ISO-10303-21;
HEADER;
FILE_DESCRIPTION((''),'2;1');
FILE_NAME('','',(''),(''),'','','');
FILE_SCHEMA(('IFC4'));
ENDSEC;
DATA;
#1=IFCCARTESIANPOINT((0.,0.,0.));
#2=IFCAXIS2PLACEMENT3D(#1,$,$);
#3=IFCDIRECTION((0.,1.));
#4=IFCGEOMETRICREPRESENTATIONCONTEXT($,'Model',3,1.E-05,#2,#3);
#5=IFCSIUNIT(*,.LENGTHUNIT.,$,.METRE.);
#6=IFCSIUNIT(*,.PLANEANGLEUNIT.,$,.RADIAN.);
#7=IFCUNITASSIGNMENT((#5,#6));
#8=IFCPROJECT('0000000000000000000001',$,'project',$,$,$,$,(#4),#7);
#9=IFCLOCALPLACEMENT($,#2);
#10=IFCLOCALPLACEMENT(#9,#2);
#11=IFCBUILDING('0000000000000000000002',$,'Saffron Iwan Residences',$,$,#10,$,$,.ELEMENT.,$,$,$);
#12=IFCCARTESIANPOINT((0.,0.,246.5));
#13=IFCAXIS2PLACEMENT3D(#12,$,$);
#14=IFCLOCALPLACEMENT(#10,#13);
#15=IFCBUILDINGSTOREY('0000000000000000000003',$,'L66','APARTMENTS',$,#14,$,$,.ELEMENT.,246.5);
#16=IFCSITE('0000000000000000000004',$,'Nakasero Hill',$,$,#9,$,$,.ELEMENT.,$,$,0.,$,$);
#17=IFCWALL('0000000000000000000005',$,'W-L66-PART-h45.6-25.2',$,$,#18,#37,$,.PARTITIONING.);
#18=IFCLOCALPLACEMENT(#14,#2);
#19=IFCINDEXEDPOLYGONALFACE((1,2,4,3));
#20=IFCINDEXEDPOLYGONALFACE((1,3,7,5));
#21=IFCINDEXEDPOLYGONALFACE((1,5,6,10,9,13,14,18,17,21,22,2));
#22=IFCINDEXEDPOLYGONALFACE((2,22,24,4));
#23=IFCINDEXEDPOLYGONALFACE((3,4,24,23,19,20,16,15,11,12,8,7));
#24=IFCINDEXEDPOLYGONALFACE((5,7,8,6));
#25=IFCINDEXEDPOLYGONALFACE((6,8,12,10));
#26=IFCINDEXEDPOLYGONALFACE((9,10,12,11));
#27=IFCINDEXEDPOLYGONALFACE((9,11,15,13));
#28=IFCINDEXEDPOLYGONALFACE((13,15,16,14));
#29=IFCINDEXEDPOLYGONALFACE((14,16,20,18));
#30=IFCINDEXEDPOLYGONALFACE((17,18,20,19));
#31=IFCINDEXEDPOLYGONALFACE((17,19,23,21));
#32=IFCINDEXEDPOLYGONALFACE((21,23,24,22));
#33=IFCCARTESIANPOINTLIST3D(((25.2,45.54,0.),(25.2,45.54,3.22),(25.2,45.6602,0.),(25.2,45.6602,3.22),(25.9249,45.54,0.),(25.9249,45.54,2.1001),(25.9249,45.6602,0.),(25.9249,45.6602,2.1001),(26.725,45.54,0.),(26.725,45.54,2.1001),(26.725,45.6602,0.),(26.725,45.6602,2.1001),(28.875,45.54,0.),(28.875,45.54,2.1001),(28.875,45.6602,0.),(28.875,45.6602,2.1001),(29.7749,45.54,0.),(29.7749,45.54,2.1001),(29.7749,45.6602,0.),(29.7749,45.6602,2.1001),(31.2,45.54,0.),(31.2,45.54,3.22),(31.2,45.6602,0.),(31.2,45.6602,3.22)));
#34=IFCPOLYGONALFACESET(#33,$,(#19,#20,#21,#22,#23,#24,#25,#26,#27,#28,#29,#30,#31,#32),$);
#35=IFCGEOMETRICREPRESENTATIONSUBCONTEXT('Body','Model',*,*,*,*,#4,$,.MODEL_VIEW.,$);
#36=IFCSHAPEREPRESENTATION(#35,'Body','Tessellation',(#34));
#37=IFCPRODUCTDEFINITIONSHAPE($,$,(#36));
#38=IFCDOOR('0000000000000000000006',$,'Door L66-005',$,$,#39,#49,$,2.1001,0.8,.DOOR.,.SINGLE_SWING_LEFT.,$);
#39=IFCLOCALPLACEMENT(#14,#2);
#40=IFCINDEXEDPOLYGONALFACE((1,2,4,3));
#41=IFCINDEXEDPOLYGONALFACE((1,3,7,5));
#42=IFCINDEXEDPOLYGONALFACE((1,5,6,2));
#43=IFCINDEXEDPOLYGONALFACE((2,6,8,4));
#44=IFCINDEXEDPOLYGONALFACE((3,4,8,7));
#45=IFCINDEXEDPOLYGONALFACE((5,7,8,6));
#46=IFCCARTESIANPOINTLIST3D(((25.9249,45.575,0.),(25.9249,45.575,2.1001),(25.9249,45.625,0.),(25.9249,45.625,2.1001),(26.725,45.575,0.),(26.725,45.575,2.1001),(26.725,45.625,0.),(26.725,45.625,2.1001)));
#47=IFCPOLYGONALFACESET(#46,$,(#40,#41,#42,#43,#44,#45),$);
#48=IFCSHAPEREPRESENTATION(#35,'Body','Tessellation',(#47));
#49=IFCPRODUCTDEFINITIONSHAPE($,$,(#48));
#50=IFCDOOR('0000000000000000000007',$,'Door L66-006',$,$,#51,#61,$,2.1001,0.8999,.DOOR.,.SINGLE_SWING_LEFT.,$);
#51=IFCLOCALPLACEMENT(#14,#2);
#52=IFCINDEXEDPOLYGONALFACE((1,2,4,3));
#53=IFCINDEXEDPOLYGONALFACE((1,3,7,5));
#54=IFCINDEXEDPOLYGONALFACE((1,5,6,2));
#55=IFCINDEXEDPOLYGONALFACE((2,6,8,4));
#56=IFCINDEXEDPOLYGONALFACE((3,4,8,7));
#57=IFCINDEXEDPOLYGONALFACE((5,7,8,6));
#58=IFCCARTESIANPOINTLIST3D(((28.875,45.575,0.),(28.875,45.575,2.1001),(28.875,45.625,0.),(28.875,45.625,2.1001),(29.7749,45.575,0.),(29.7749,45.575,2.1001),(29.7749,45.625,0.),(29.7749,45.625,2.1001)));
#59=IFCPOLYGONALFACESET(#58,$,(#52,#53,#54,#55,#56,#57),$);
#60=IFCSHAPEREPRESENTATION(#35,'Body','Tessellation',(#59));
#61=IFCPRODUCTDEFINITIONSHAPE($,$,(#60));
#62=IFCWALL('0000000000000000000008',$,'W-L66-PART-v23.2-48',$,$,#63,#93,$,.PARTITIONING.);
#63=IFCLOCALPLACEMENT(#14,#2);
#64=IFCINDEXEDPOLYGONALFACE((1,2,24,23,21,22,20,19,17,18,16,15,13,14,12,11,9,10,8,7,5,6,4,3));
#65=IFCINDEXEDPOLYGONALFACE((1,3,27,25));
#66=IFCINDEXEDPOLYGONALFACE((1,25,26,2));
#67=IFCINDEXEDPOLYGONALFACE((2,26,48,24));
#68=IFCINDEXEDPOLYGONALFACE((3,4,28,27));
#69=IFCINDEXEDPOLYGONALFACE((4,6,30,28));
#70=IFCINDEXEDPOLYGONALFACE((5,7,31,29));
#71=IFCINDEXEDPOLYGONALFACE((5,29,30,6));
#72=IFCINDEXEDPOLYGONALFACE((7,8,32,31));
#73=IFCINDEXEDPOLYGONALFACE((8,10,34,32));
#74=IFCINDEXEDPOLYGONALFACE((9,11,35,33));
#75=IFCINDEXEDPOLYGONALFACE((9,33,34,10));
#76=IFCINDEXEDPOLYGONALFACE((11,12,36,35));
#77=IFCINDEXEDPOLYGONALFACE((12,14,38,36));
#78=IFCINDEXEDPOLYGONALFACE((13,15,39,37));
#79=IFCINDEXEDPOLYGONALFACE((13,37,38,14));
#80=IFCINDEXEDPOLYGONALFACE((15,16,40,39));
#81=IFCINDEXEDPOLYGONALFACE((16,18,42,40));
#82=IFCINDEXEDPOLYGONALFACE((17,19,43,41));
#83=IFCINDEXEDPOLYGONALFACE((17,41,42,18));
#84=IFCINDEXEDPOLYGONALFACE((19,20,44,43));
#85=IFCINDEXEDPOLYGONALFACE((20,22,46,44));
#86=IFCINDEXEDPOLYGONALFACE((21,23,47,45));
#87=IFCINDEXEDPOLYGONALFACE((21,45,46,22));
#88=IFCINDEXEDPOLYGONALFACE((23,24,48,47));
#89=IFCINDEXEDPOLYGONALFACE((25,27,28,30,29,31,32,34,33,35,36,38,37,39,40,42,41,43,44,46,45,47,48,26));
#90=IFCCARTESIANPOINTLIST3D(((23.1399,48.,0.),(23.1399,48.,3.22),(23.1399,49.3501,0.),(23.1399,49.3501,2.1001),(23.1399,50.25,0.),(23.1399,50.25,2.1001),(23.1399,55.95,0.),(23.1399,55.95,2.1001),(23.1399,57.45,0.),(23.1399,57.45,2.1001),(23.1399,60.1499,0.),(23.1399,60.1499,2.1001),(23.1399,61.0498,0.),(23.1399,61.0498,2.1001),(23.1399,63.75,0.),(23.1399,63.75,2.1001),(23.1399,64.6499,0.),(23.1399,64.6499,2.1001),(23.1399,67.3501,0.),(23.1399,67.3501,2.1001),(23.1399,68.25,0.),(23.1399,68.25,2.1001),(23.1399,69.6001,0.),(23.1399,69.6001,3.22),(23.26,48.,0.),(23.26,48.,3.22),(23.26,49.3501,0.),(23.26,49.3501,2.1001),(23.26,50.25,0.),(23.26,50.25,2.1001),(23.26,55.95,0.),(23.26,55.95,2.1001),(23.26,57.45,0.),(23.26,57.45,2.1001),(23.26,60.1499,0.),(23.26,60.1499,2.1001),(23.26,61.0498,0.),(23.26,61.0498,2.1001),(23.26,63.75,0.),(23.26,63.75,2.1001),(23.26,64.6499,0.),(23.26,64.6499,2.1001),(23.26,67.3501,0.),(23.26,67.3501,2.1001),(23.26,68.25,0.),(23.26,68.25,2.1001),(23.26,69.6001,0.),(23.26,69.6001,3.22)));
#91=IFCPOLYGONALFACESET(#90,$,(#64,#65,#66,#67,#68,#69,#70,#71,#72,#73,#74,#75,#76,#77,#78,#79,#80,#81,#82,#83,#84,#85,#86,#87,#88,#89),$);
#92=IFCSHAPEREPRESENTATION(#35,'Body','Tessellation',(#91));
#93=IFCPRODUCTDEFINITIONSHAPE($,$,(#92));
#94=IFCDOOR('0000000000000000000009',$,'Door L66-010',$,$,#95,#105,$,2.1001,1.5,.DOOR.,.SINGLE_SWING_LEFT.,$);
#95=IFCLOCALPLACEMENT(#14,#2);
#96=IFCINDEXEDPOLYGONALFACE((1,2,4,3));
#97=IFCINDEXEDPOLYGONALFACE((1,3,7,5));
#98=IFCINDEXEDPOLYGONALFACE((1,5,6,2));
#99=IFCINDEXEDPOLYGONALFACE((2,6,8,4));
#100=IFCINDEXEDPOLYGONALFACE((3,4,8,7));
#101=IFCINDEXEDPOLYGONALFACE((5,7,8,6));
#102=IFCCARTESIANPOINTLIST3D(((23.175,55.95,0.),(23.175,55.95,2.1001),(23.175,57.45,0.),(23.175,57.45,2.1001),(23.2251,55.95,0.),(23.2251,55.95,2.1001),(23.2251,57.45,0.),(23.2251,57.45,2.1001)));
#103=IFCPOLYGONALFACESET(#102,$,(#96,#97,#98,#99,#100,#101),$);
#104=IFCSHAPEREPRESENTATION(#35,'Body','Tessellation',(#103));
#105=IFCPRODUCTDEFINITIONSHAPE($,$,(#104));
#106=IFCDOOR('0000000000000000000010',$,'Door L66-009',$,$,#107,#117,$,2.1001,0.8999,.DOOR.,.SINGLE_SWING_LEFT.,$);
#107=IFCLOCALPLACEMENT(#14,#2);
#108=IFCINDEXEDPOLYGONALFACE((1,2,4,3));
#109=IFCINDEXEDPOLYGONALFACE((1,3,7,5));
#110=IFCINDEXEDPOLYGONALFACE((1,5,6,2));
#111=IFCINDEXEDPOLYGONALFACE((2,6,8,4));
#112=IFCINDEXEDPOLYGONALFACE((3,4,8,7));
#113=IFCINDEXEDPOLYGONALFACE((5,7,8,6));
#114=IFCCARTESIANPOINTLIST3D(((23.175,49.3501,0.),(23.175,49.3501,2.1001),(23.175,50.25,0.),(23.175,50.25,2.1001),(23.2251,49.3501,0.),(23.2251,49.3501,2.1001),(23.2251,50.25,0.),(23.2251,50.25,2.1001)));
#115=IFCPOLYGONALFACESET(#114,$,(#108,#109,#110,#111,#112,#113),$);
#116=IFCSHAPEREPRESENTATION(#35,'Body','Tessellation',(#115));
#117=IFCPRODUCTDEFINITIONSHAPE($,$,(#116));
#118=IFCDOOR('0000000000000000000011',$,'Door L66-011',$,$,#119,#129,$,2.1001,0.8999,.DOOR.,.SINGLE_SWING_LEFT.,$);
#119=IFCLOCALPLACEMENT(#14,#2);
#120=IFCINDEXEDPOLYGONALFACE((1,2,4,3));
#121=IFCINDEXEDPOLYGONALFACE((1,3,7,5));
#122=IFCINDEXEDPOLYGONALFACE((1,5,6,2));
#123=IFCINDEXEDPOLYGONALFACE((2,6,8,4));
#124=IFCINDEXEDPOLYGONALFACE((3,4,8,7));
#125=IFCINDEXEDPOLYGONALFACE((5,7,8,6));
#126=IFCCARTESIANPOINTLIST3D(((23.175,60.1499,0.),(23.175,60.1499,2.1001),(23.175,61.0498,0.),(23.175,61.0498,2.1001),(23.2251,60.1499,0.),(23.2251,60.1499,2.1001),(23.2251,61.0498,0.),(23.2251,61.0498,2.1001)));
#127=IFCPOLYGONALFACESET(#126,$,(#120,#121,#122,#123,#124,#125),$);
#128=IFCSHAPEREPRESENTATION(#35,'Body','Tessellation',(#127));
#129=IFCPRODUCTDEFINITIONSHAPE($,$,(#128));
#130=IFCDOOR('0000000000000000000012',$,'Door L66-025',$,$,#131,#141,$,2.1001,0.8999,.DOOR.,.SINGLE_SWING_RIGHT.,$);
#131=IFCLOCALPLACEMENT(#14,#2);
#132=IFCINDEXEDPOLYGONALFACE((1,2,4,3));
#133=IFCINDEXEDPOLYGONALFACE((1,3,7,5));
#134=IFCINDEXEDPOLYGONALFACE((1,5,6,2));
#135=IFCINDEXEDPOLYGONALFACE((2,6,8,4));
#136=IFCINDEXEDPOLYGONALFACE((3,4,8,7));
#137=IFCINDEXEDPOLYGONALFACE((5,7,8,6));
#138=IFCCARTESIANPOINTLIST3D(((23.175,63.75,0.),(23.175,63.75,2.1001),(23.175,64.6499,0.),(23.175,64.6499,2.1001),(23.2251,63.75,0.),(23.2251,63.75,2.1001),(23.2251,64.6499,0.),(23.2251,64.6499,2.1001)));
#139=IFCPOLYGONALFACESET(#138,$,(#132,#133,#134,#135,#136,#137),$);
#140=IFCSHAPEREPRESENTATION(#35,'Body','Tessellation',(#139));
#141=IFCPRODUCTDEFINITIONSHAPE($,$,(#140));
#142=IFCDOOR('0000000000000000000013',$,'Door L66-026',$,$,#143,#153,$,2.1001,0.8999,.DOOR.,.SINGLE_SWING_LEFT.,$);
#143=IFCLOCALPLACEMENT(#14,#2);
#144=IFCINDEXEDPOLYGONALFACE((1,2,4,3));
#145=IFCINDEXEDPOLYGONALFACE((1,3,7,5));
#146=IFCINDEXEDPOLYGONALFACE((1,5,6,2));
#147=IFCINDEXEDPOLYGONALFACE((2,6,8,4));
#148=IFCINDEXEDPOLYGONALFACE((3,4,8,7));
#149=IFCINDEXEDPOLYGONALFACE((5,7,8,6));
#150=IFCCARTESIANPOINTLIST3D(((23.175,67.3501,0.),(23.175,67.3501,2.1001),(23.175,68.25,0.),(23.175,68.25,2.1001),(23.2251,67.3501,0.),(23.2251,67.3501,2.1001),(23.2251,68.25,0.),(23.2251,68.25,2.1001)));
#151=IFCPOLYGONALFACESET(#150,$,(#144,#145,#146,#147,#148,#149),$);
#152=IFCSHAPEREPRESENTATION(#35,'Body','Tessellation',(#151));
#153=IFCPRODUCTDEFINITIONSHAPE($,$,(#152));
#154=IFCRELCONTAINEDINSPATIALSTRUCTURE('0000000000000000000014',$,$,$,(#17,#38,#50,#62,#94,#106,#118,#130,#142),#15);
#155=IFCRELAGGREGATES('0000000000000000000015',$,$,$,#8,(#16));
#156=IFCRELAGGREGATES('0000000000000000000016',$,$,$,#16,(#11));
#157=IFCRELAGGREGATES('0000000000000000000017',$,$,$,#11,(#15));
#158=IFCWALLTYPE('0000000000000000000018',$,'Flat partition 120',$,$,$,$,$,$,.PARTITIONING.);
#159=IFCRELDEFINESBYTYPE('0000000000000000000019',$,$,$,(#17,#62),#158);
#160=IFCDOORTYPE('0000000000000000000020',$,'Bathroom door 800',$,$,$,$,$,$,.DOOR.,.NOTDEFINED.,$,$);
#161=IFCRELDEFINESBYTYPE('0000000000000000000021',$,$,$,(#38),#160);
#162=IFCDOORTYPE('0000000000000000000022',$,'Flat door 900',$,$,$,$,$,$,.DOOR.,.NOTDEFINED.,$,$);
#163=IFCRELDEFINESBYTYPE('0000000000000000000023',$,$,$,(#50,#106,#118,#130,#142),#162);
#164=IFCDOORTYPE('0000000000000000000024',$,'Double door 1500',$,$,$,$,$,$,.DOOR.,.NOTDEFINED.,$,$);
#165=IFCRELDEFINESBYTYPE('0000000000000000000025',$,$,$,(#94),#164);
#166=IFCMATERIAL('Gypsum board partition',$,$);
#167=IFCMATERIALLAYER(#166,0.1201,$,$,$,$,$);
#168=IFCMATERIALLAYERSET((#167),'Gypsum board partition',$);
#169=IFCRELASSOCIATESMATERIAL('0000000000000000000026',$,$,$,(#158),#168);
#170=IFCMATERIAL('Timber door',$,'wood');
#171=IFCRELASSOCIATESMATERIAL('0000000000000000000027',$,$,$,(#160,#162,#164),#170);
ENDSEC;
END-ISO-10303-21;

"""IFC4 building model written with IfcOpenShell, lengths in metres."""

from ifc_helpers import new_model, si_unit, direction, frame, frame_2d, origin, place, context, subcontext, project, spatial, rectangle, extrude, material, layer, layer_set, type_object, element, fill, save


model = new_model("IFC4")

# Units and contexts
model_context = context("Model", 3, precision=1e-05, world=origin(), true_north=direction((0.0, 1.0)))
body_context = subcontext(model_context, "Body", "Model", "MODEL_VIEW")
ifc_project = project(units=[si_unit("LENGTHUNIT", "METRE"), si_unit("PLANEANGLEUNIT", "RADIAN")], contexts=[model_context])

# Site, building, storey
site_placement = place(None, origin())
site = spatial("IfcSite", under=ifc_project, at=site_placement, Name="Nakasero Hill", CompositionType="ELEMENT", RefElevation=0.0)
building_placement = place(site_placement, origin())
building = spatial("IfcBuilding", under=site, at=building_placement, Name="Saffron Iwan Residences", CompositionType="ELEMENT")
storey_placement = place(building_placement, frame((0.0, 0.0, 246.5)))
storey = spatial("IfcBuildingStorey", under=building, at=storey_placement, Name="L66", Description="APARTMENTS", CompositionType="ELEMENT", Elevation=246.5)

# Shared definitions
ifc_material_1 = material(Name="Gypsum board partition")
ifc_layer_1 = layer(ifc_material_1, 0.1201)
ifc_layer_set_1 = layer_set([ifc_layer_1], Name="Gypsum board partition")
wall_type_1 = type_object("IfcWallType", Name="Flat partition 120", PredefinedType="PARTITIONING", material=ifc_layer_set_1)

# Walls, openings, doors
wall_1_placement = place(storey_placement, frame((25.2, 45.6001, 0.0), z_axis=(0.0, 0.0, 1.0), x_axis=(1.0, 0.0, 0.0)))
wall_1 = element("IfcWall", 1, at=wall_1_placement, inside=storey, type_object=wall_type_1, Name="W-L66-PART-h45.6-25.2", PredefinedType="PARTITIONING", context=body_context, shape_type="SweptSolid", body=[
    extrude(rectangle(XDim=6.0, YDim=0.1201, at=frame_2d((3.0, 0.0))), origin(), (0.0, 0.0, 1.0), 3.22),
])
opening_1_placement = place(wall_1_placement, frame((0.7251, 0.0, 0.0)))
opening_1 = element("IfcOpeningElement", 2, at=opening_1_placement, cuts=wall_1, PredefinedType="OPENING", context=body_context, shape_type="SweptSolid", body=[
    extrude(rectangle(XDim=0.8, YDim=2.1001, at=frame_2d((0.3999, 1.05))), frame((0.0, 0.0701, 0.0), z_axis=(0.0, -1.0, 0.0), x_axis=(1.0, 0.0, 0.0)), (0.0, 0.0, 1.0), 0.1401),
])
opening_2_placement = place(wall_1_placement, frame((3.675, 0.0, 0.0)))
opening_2 = element("IfcOpeningElement", 3, at=opening_2_placement, cuts=wall_1, PredefinedType="OPENING", context=body_context, shape_type="SweptSolid", body=[
    extrude(rectangle(XDim=0.8999, YDim=2.1001, at=frame_2d((0.45, 1.05))), frame((0.0, 0.0701, 0.0), z_axis=(0.0, -1.0, 0.0), x_axis=(1.0, 0.0, 0.0)), (0.0, 0.0, 1.0), 0.1401),
])
ifc_material_2 = material(Name="Timber door", Category="wood")
door_type_1 = type_object("IfcDoorType", Name="Bathroom door 800", OperationType="NOTDEFINED", PredefinedType="DOOR", material=ifc_material_2)
door_1_placement = place(opening_1_placement, origin())
door_1 = element("IfcDoor", 4, at=door_1_placement, inside=storey, type_object=door_type_1, Name="Door L66-005", OperationType="SINGLE_SWING_LEFT", OverallHeight=2.1001, OverallWidth=0.8, PredefinedType="DOOR", context=body_context, shape_type="SweptSolid", body=[
    extrude(rectangle(XDim=0.8, YDim=2.1001, at=frame_2d((0.3999, 1.05))), frame((0.0, 0.0249, 0.0), z_axis=(0.0, -1.0, 0.0), x_axis=(1.0, 0.0, 0.0)), (0.0, 0.0, 1.0), 0.05),
])
fill(opening_1, door_1)
door_type_2 = type_object("IfcDoorType", Name="Flat door 900", OperationType="NOTDEFINED", PredefinedType="DOOR", material=ifc_material_2)
door_2_placement = place(opening_2_placement, origin())
door_2 = element("IfcDoor", 5, at=door_2_placement, inside=storey, type_object=door_type_2, Name="Door L66-006", OperationType="SINGLE_SWING_LEFT", OverallHeight=2.1001, OverallWidth=0.8999, PredefinedType="DOOR", context=body_context, shape_type="SweptSolid", body=[
    extrude(rectangle(XDim=0.8999, YDim=2.1001, at=frame_2d((0.45, 1.05))), frame((0.0, 0.0249, 0.0), z_axis=(0.0, -1.0, 0.0), x_axis=(1.0, 0.0, 0.0)), (0.0, 0.0, 1.0), 0.05),
])
fill(opening_2, door_2)
wall_2_placement = place(storey_placement, frame((23.2, 48.0, 0.0), z_axis=(0.0, 0.0, 1.0), x_axis=(0.0, 1.0, 0.0)))
wall_2 = element("IfcWall", 6, at=wall_2_placement, inside=storey, type_object=wall_type_1, Name="W-L66-PART-v23.2-48", PredefinedType="PARTITIONING", context=body_context, shape_type="SweptSolid", body=[
    extrude(rectangle(XDim=21.6001, YDim=0.1201, at=frame_2d((10.8, 0.0))), origin(), (0.0, 0.0, 1.0), 3.22),
])
opening_3_placement = place(wall_2_placement, frame((1.3501, 0.0, 0.0)))
opening_3 = element("IfcOpeningElement", 7, at=opening_3_placement, cuts=wall_2, PredefinedType="OPENING", context=body_context, shape_type="SweptSolid", body=[
    extrude(rectangle(XDim=0.8999, YDim=2.1001, at=frame_2d((0.45, 1.05))), frame((0.0, 0.0701, 0.0), z_axis=(0.0, -1.0, 0.0), x_axis=(1.0, 0.0, 0.0)), (0.0, 0.0, 1.0), 0.1401),
])
opening_4_placement = place(wall_2_placement, frame((7.95, 0.0, 0.0)))
opening_4 = element("IfcOpeningElement", 8, at=opening_4_placement, cuts=wall_2, PredefinedType="OPENING", context=body_context, shape_type="SweptSolid", body=[
    extrude(rectangle(XDim=1.5, YDim=2.1001, at=frame_2d((0.75, 1.05))), frame((0.0, 0.0701, 0.0), z_axis=(0.0, -1.0, 0.0), x_axis=(1.0, 0.0, 0.0)), (0.0, 0.0, 1.0), 0.1401),
])
opening_5_placement = place(wall_2_placement, frame((12.1499, 0.0, 0.0)))
opening_5 = element("IfcOpeningElement", 9, at=opening_5_placement, cuts=wall_2, PredefinedType="OPENING", context=body_context, shape_type="SweptSolid", body=[
    extrude(rectangle(XDim=0.8999, YDim=2.1001, at=frame_2d((0.45, 1.05))), frame((0.0, 0.0701, 0.0), z_axis=(0.0, -1.0, 0.0), x_axis=(1.0, 0.0, 0.0)), (0.0, 0.0, 1.0), 0.1401),
])
opening_6_placement = place(wall_2_placement, frame((15.75, 0.0, 0.0)))
opening_6 = element("IfcOpeningElement", 10, at=opening_6_placement, cuts=wall_2, PredefinedType="OPENING", context=body_context, shape_type="SweptSolid", body=[
    extrude(rectangle(XDim=0.8999, YDim=2.1001, at=frame_2d((0.45, 1.05))), frame((0.0, 0.0701, 0.0), z_axis=(0.0, -1.0, 0.0), x_axis=(1.0, 0.0, 0.0)), (0.0, 0.0, 1.0), 0.1401),
])
opening_7_placement = place(wall_2_placement, frame((19.3501, 0.0, 0.0)))
opening_7 = element("IfcOpeningElement", 11, at=opening_7_placement, cuts=wall_2, PredefinedType="OPENING", context=body_context, shape_type="SweptSolid", body=[
    extrude(rectangle(XDim=0.8999, YDim=2.1001, at=frame_2d((0.45, 1.05))), frame((0.0, 0.0701, 0.0), z_axis=(0.0, -1.0, 0.0), x_axis=(1.0, 0.0, 0.0)), (0.0, 0.0, 1.0), 0.1401),
])
door_type_3 = type_object("IfcDoorType", Name="Double door 1500", OperationType="NOTDEFINED", PredefinedType="DOOR", material=ifc_material_2)
door_3_placement = place(opening_4_placement, origin())
door_3 = element("IfcDoor", 12, at=door_3_placement, inside=storey, type_object=door_type_3, Name="Door L66-010", OperationType="SINGLE_SWING_LEFT", OverallHeight=2.1001, OverallWidth=1.5, PredefinedType="DOOR", context=body_context, shape_type="SweptSolid", body=[
    extrude(rectangle(XDim=1.5, YDim=2.1001, at=frame_2d((0.75, 1.05))), frame((0.0, 0.0249, 0.0), z_axis=(0.0, -1.0, 0.0), x_axis=(1.0, 0.0, 0.0)), (0.0, 0.0, 1.0), 0.05),
])
fill(opening_4, door_3)
door_4_placement = place(opening_3_placement, origin())
door_4 = element("IfcDoor", 13, at=door_4_placement, inside=storey, type_object=door_type_2, Name="Door L66-009", OperationType="SINGLE_SWING_LEFT", OverallHeight=2.1001, OverallWidth=0.8999, PredefinedType="DOOR", context=body_context, shape_type="SweptSolid", body=[
    extrude(rectangle(XDim=0.8999, YDim=2.1001, at=frame_2d((0.45, 1.05))), frame((0.0, 0.0249, 0.0), z_axis=(0.0, -1.0, 0.0), x_axis=(1.0, 0.0, 0.0)), (0.0, 0.0, 1.0), 0.05),
])
fill(opening_3, door_4)
door_5_placement = place(opening_5_placement, origin())
door_5 = element("IfcDoor", 14, at=door_5_placement, inside=storey, type_object=door_type_2, Name="Door L66-011", OperationType="SINGLE_SWING_LEFT", OverallHeight=2.1001, OverallWidth=0.8999, PredefinedType="DOOR", context=body_context, shape_type="SweptSolid", body=[
    extrude(rectangle(XDim=0.8999, YDim=2.1001, at=frame_2d((0.45, 1.05))), frame((0.0, 0.0249, 0.0), z_axis=(0.0, -1.0, 0.0), x_axis=(1.0, 0.0, 0.0)), (0.0, 0.0, 1.0), 0.05),
])
fill(opening_5, door_5)
door_6_placement = place(opening_6_placement, origin())
door_6 = element("IfcDoor", 15, at=door_6_placement, inside=storey, type_object=door_type_2, Name="Door L66-025", OperationType="SINGLE_SWING_RIGHT", OverallHeight=2.1001, OverallWidth=0.8999, PredefinedType="DOOR", context=body_context, shape_type="SweptSolid", body=[
    extrude(rectangle(XDim=0.8999, YDim=2.1001, at=frame_2d((0.45, 1.05))), frame((0.0, 0.0249, 0.0), z_axis=(0.0, -1.0, 0.0), x_axis=(1.0, 0.0, 0.0)), (0.0, 0.0, 1.0), 0.05),
])
fill(opening_6, door_6)
door_7_placement = place(opening_7_placement, origin())
door_7 = element("IfcDoor", 16, at=door_7_placement, inside=storey, type_object=door_type_2, Name="Door L66-026", OperationType="SINGLE_SWING_LEFT", OverallHeight=2.1001, OverallWidth=0.8999, PredefinedType="DOOR", context=body_context, shape_type="SweptSolid", body=[
    extrude(rectangle(XDim=0.8999, YDim=2.1001, at=frame_2d((0.45, 1.05))), frame((0.0, 0.0249, 0.0), z_axis=(0.0, -1.0, 0.0), x_axis=(1.0, 0.0, 0.0)), (0.0, 0.0, 1.0), 0.05),
])
fill(opening_7, door_7)

save(model, "model.ifc")
